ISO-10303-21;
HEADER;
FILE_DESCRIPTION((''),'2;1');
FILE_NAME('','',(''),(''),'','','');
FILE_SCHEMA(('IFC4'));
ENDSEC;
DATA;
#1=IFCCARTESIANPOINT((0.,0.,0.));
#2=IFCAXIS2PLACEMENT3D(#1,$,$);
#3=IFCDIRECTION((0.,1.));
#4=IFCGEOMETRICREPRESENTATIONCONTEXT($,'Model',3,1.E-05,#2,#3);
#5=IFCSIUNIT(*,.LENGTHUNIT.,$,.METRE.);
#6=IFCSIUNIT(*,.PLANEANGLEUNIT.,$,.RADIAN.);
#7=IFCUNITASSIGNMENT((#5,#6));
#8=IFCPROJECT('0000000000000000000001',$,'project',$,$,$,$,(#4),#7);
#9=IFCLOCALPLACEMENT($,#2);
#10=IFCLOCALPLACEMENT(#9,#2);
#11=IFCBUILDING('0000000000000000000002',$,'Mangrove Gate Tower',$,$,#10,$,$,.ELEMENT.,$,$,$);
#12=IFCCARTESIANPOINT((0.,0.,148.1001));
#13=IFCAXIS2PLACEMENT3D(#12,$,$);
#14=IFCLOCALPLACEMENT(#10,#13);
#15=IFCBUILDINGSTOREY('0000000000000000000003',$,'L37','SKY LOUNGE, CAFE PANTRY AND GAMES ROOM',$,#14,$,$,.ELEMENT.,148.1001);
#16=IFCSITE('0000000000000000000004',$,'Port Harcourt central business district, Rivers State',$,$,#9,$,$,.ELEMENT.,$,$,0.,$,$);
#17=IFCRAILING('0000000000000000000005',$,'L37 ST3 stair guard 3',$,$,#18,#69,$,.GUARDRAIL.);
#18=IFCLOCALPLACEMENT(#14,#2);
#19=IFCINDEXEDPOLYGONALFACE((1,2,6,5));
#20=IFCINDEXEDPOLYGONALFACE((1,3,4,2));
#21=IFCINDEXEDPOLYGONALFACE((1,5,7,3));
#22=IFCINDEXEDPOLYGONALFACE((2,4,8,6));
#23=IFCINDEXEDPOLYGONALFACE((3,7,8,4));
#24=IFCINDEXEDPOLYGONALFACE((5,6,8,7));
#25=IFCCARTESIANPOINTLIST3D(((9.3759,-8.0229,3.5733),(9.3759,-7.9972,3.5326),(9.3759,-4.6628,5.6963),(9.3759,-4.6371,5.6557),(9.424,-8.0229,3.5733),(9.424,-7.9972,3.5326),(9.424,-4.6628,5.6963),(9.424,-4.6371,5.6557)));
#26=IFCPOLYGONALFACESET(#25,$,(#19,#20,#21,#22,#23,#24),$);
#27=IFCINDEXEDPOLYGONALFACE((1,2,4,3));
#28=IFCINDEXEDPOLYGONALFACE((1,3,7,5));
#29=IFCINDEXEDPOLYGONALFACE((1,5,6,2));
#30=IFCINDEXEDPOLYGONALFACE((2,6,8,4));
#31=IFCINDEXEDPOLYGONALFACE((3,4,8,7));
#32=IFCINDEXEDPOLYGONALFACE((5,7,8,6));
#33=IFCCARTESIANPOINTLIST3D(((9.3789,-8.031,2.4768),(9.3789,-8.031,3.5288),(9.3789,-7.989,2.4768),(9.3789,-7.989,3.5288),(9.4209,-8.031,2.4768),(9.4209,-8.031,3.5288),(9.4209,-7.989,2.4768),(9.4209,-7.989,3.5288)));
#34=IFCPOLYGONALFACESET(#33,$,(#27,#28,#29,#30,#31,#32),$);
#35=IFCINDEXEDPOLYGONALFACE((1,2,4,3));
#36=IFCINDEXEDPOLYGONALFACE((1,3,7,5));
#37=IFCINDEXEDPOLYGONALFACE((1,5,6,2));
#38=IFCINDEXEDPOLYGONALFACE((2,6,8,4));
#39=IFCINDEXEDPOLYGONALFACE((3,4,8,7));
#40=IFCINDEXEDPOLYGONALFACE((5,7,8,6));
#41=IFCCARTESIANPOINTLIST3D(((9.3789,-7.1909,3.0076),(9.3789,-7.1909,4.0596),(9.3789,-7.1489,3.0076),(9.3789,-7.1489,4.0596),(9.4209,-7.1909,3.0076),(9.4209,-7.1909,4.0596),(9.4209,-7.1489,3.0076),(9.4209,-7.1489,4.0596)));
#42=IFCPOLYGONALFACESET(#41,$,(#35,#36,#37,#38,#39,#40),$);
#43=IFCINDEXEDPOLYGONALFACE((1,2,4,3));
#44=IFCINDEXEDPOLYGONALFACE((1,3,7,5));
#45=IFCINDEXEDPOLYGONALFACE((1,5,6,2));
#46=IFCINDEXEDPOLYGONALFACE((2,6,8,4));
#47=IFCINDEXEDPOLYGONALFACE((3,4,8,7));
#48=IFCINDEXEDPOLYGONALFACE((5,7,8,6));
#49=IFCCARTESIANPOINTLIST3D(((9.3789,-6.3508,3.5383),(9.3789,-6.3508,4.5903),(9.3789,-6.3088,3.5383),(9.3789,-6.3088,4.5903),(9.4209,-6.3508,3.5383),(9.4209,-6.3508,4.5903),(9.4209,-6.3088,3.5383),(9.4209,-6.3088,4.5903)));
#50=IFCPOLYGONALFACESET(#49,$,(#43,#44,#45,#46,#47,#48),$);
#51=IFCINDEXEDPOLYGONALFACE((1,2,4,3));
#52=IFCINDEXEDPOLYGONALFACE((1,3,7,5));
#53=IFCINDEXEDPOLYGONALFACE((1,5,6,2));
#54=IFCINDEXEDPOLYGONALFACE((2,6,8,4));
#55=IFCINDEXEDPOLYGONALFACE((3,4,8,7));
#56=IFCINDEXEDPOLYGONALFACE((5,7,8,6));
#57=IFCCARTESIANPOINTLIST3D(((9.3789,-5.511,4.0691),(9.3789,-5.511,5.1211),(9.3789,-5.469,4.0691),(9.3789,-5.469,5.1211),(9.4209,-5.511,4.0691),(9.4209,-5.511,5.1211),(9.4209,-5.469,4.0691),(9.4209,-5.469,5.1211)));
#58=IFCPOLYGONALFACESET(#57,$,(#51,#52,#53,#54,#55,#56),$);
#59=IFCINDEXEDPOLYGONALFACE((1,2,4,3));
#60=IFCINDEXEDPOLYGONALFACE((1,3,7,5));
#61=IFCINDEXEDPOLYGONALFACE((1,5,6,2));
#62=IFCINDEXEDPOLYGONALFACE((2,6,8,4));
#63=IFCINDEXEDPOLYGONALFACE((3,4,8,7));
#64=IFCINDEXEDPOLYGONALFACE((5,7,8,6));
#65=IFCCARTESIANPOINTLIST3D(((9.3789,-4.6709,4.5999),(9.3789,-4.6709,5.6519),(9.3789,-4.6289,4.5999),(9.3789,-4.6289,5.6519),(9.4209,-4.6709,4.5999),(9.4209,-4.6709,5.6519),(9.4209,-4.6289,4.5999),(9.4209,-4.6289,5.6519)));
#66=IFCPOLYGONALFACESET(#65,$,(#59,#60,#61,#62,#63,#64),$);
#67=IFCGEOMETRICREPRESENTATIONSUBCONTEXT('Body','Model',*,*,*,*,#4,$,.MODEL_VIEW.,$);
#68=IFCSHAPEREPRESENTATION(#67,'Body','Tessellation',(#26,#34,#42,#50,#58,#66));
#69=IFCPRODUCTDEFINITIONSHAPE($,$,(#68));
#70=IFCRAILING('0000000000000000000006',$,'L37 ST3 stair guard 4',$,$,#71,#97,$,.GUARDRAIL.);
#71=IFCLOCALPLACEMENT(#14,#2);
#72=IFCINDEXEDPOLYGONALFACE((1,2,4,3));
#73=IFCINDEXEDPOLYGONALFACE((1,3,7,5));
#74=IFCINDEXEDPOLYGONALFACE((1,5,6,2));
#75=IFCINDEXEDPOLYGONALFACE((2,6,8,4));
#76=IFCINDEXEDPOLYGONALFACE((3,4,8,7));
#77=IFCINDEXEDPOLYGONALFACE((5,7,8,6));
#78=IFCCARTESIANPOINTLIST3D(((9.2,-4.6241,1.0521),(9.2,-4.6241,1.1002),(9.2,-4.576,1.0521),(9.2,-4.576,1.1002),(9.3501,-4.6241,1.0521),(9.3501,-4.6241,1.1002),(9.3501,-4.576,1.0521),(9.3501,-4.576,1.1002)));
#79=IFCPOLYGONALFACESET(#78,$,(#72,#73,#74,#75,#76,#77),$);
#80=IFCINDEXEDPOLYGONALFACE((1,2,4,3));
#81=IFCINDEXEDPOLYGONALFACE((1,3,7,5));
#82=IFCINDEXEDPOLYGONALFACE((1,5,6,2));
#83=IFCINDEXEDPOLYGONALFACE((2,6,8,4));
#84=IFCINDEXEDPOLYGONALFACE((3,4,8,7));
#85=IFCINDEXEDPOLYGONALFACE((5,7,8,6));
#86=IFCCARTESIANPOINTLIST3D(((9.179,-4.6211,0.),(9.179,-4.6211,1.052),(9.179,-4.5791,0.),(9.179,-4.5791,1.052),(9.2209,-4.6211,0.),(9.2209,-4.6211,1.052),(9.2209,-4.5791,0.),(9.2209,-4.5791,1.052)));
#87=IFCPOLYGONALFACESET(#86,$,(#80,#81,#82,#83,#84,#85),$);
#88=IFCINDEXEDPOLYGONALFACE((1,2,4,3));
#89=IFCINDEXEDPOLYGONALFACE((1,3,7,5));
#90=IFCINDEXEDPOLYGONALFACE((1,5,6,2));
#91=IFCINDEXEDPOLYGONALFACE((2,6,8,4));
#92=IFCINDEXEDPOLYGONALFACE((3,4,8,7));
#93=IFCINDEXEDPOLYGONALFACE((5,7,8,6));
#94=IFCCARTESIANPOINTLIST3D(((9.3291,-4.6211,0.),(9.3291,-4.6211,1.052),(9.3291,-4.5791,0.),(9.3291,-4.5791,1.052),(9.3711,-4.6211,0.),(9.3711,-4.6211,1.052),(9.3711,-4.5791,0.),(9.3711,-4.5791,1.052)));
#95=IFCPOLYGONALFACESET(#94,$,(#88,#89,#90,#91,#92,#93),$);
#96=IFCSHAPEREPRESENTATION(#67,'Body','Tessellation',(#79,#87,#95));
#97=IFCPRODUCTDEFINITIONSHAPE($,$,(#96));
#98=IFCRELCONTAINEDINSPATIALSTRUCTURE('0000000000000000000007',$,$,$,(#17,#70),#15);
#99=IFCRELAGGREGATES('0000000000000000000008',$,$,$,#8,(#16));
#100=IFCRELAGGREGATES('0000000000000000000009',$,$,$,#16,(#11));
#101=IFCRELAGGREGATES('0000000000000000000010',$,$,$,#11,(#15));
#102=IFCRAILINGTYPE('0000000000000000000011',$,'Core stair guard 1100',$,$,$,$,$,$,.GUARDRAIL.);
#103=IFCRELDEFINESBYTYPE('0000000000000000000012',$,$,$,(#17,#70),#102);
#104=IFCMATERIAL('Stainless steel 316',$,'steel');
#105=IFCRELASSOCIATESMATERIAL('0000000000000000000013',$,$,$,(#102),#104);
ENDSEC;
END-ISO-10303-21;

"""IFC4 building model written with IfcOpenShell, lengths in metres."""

from ifc_helpers import new_model, si_unit, direction, frame, origin, origin_2d, place, context, subcontext, project, spatial, rectangle, extrude, material, type_object, element, save


model = new_model("IFC4")

# Units and contexts
model_context = context("Model", 3, precision=1e-05, world=origin(), true_north=direction((0.0, 1.0)))
body_context = subcontext(model_context, "Body", "Model", "MODEL_VIEW")
ifc_project = project(units=[si_unit("LENGTHUNIT", "METRE"), si_unit("PLANEANGLEUNIT", "RADIAN")], contexts=[model_context])

# Site, building, storey
site_placement = place(None, origin())
site = spatial("IfcSite", under=ifc_project, at=site_placement, Name="Port Harcourt central business district, Rivers State", CompositionType="ELEMENT", RefElevation=0.0)
building_placement = place(site_placement, origin())
building = spatial("IfcBuilding", under=site, at=building_placement, Name="Mangrove Gate Tower", CompositionType="ELEMENT")
storey_placement = place(building_placement, frame((0.0, 0.0, 148.1001)))
storey = spatial("IfcBuildingStorey", under=building, at=storey_placement, Name="L37", Description="SKY LOUNGE, CAFE PANTRY AND GAMES ROOM", CompositionType="ELEMENT", Elevation=148.1001)

# Railings
ifc_material_1 = material(Name="Stainless steel 316", Category="steel")
railing_type_1 = type_object("IfcRailingType", Name="Core stair guard 1100", PredefinedType="GUARDRAIL", material=ifc_material_1)
railing_1_placement = place(storey_placement, frame((9.3999, -8.01, 2.4768)))
element("IfcRailing", 1, at=railing_1_placement, inside=storey, type_object=railing_type_1, Name="L37 ST3 stair guard 3", PredefinedType="GUARDRAIL", context=body_context, shape_type="SweptSolid", body=[
    extrude(rectangle(XDim=0.0481, YDim=0.0481, at=origin_2d()), frame((0.0, 0.0, 1.0762), z_axis=(0.0, 0.84539, 0.53415), x_axis=(-1.0, 0.0, 0.0)), (0.0, 0.0, 1.0), 3.9746),
    extrude(rectangle(XDim=0.042, YDim=0.042, at=origin_2d()), origin(), (0.0, 0.0, 1.0), 1.052),
    extrude(rectangle(XDim=0.042, YDim=0.042, at=origin_2d()), frame((0.0, 0.8401, 0.5308)), (0.0, 0.0, 1.0), 1.052),
    extrude(rectangle(XDim=0.042, YDim=0.042, at=origin_2d()), frame((0.0, 1.6802, 1.0615)), (0.0, 0.0, 1.0), 1.052),
    extrude(rectangle(XDim=0.042, YDim=0.042, at=origin_2d()), frame((0.0, 2.52, 1.5923)), (0.0, 0.0, 1.0), 1.052),
    extrude(rectangle(XDim=0.042, YDim=0.042, at=origin_2d()), frame((0.0, 3.3601, 2.123)), (0.0, 0.0, 1.0), 1.052),
])
railing_2_placement = place(storey_placement, frame((9.2, -4.6001, 0.0)))
element("IfcRailing", 2, at=railing_2_placement, inside=storey, type_object=railing_type_1, Name="L37 ST3 stair guard 4", PredefinedType="GUARDRAIL", context=body_context, shape_type="SweptSolid", body=[
    extrude(rectangle(XDim=0.0481, YDim=0.0481, at=origin_2d()), frame((0.0, 0.0, 1.0762), z_axis=(1.0, 0.0, 0.0), x_axis=(0.0, 1.0, 0.0)), (0.0, 0.0, 1.0), 0.1501),
    extrude(rectangle(XDim=0.042, YDim=0.042, at=origin_2d()), origin(), (0.0, 0.0, 1.0), 1.052),
    extrude(rectangle(XDim=0.042, YDim=0.042, at=origin_2d()), frame((0.1501, 0.0, 0.0)), (0.0, 0.0, 1.0), 1.052),
])

save(model, "model.ifc")
